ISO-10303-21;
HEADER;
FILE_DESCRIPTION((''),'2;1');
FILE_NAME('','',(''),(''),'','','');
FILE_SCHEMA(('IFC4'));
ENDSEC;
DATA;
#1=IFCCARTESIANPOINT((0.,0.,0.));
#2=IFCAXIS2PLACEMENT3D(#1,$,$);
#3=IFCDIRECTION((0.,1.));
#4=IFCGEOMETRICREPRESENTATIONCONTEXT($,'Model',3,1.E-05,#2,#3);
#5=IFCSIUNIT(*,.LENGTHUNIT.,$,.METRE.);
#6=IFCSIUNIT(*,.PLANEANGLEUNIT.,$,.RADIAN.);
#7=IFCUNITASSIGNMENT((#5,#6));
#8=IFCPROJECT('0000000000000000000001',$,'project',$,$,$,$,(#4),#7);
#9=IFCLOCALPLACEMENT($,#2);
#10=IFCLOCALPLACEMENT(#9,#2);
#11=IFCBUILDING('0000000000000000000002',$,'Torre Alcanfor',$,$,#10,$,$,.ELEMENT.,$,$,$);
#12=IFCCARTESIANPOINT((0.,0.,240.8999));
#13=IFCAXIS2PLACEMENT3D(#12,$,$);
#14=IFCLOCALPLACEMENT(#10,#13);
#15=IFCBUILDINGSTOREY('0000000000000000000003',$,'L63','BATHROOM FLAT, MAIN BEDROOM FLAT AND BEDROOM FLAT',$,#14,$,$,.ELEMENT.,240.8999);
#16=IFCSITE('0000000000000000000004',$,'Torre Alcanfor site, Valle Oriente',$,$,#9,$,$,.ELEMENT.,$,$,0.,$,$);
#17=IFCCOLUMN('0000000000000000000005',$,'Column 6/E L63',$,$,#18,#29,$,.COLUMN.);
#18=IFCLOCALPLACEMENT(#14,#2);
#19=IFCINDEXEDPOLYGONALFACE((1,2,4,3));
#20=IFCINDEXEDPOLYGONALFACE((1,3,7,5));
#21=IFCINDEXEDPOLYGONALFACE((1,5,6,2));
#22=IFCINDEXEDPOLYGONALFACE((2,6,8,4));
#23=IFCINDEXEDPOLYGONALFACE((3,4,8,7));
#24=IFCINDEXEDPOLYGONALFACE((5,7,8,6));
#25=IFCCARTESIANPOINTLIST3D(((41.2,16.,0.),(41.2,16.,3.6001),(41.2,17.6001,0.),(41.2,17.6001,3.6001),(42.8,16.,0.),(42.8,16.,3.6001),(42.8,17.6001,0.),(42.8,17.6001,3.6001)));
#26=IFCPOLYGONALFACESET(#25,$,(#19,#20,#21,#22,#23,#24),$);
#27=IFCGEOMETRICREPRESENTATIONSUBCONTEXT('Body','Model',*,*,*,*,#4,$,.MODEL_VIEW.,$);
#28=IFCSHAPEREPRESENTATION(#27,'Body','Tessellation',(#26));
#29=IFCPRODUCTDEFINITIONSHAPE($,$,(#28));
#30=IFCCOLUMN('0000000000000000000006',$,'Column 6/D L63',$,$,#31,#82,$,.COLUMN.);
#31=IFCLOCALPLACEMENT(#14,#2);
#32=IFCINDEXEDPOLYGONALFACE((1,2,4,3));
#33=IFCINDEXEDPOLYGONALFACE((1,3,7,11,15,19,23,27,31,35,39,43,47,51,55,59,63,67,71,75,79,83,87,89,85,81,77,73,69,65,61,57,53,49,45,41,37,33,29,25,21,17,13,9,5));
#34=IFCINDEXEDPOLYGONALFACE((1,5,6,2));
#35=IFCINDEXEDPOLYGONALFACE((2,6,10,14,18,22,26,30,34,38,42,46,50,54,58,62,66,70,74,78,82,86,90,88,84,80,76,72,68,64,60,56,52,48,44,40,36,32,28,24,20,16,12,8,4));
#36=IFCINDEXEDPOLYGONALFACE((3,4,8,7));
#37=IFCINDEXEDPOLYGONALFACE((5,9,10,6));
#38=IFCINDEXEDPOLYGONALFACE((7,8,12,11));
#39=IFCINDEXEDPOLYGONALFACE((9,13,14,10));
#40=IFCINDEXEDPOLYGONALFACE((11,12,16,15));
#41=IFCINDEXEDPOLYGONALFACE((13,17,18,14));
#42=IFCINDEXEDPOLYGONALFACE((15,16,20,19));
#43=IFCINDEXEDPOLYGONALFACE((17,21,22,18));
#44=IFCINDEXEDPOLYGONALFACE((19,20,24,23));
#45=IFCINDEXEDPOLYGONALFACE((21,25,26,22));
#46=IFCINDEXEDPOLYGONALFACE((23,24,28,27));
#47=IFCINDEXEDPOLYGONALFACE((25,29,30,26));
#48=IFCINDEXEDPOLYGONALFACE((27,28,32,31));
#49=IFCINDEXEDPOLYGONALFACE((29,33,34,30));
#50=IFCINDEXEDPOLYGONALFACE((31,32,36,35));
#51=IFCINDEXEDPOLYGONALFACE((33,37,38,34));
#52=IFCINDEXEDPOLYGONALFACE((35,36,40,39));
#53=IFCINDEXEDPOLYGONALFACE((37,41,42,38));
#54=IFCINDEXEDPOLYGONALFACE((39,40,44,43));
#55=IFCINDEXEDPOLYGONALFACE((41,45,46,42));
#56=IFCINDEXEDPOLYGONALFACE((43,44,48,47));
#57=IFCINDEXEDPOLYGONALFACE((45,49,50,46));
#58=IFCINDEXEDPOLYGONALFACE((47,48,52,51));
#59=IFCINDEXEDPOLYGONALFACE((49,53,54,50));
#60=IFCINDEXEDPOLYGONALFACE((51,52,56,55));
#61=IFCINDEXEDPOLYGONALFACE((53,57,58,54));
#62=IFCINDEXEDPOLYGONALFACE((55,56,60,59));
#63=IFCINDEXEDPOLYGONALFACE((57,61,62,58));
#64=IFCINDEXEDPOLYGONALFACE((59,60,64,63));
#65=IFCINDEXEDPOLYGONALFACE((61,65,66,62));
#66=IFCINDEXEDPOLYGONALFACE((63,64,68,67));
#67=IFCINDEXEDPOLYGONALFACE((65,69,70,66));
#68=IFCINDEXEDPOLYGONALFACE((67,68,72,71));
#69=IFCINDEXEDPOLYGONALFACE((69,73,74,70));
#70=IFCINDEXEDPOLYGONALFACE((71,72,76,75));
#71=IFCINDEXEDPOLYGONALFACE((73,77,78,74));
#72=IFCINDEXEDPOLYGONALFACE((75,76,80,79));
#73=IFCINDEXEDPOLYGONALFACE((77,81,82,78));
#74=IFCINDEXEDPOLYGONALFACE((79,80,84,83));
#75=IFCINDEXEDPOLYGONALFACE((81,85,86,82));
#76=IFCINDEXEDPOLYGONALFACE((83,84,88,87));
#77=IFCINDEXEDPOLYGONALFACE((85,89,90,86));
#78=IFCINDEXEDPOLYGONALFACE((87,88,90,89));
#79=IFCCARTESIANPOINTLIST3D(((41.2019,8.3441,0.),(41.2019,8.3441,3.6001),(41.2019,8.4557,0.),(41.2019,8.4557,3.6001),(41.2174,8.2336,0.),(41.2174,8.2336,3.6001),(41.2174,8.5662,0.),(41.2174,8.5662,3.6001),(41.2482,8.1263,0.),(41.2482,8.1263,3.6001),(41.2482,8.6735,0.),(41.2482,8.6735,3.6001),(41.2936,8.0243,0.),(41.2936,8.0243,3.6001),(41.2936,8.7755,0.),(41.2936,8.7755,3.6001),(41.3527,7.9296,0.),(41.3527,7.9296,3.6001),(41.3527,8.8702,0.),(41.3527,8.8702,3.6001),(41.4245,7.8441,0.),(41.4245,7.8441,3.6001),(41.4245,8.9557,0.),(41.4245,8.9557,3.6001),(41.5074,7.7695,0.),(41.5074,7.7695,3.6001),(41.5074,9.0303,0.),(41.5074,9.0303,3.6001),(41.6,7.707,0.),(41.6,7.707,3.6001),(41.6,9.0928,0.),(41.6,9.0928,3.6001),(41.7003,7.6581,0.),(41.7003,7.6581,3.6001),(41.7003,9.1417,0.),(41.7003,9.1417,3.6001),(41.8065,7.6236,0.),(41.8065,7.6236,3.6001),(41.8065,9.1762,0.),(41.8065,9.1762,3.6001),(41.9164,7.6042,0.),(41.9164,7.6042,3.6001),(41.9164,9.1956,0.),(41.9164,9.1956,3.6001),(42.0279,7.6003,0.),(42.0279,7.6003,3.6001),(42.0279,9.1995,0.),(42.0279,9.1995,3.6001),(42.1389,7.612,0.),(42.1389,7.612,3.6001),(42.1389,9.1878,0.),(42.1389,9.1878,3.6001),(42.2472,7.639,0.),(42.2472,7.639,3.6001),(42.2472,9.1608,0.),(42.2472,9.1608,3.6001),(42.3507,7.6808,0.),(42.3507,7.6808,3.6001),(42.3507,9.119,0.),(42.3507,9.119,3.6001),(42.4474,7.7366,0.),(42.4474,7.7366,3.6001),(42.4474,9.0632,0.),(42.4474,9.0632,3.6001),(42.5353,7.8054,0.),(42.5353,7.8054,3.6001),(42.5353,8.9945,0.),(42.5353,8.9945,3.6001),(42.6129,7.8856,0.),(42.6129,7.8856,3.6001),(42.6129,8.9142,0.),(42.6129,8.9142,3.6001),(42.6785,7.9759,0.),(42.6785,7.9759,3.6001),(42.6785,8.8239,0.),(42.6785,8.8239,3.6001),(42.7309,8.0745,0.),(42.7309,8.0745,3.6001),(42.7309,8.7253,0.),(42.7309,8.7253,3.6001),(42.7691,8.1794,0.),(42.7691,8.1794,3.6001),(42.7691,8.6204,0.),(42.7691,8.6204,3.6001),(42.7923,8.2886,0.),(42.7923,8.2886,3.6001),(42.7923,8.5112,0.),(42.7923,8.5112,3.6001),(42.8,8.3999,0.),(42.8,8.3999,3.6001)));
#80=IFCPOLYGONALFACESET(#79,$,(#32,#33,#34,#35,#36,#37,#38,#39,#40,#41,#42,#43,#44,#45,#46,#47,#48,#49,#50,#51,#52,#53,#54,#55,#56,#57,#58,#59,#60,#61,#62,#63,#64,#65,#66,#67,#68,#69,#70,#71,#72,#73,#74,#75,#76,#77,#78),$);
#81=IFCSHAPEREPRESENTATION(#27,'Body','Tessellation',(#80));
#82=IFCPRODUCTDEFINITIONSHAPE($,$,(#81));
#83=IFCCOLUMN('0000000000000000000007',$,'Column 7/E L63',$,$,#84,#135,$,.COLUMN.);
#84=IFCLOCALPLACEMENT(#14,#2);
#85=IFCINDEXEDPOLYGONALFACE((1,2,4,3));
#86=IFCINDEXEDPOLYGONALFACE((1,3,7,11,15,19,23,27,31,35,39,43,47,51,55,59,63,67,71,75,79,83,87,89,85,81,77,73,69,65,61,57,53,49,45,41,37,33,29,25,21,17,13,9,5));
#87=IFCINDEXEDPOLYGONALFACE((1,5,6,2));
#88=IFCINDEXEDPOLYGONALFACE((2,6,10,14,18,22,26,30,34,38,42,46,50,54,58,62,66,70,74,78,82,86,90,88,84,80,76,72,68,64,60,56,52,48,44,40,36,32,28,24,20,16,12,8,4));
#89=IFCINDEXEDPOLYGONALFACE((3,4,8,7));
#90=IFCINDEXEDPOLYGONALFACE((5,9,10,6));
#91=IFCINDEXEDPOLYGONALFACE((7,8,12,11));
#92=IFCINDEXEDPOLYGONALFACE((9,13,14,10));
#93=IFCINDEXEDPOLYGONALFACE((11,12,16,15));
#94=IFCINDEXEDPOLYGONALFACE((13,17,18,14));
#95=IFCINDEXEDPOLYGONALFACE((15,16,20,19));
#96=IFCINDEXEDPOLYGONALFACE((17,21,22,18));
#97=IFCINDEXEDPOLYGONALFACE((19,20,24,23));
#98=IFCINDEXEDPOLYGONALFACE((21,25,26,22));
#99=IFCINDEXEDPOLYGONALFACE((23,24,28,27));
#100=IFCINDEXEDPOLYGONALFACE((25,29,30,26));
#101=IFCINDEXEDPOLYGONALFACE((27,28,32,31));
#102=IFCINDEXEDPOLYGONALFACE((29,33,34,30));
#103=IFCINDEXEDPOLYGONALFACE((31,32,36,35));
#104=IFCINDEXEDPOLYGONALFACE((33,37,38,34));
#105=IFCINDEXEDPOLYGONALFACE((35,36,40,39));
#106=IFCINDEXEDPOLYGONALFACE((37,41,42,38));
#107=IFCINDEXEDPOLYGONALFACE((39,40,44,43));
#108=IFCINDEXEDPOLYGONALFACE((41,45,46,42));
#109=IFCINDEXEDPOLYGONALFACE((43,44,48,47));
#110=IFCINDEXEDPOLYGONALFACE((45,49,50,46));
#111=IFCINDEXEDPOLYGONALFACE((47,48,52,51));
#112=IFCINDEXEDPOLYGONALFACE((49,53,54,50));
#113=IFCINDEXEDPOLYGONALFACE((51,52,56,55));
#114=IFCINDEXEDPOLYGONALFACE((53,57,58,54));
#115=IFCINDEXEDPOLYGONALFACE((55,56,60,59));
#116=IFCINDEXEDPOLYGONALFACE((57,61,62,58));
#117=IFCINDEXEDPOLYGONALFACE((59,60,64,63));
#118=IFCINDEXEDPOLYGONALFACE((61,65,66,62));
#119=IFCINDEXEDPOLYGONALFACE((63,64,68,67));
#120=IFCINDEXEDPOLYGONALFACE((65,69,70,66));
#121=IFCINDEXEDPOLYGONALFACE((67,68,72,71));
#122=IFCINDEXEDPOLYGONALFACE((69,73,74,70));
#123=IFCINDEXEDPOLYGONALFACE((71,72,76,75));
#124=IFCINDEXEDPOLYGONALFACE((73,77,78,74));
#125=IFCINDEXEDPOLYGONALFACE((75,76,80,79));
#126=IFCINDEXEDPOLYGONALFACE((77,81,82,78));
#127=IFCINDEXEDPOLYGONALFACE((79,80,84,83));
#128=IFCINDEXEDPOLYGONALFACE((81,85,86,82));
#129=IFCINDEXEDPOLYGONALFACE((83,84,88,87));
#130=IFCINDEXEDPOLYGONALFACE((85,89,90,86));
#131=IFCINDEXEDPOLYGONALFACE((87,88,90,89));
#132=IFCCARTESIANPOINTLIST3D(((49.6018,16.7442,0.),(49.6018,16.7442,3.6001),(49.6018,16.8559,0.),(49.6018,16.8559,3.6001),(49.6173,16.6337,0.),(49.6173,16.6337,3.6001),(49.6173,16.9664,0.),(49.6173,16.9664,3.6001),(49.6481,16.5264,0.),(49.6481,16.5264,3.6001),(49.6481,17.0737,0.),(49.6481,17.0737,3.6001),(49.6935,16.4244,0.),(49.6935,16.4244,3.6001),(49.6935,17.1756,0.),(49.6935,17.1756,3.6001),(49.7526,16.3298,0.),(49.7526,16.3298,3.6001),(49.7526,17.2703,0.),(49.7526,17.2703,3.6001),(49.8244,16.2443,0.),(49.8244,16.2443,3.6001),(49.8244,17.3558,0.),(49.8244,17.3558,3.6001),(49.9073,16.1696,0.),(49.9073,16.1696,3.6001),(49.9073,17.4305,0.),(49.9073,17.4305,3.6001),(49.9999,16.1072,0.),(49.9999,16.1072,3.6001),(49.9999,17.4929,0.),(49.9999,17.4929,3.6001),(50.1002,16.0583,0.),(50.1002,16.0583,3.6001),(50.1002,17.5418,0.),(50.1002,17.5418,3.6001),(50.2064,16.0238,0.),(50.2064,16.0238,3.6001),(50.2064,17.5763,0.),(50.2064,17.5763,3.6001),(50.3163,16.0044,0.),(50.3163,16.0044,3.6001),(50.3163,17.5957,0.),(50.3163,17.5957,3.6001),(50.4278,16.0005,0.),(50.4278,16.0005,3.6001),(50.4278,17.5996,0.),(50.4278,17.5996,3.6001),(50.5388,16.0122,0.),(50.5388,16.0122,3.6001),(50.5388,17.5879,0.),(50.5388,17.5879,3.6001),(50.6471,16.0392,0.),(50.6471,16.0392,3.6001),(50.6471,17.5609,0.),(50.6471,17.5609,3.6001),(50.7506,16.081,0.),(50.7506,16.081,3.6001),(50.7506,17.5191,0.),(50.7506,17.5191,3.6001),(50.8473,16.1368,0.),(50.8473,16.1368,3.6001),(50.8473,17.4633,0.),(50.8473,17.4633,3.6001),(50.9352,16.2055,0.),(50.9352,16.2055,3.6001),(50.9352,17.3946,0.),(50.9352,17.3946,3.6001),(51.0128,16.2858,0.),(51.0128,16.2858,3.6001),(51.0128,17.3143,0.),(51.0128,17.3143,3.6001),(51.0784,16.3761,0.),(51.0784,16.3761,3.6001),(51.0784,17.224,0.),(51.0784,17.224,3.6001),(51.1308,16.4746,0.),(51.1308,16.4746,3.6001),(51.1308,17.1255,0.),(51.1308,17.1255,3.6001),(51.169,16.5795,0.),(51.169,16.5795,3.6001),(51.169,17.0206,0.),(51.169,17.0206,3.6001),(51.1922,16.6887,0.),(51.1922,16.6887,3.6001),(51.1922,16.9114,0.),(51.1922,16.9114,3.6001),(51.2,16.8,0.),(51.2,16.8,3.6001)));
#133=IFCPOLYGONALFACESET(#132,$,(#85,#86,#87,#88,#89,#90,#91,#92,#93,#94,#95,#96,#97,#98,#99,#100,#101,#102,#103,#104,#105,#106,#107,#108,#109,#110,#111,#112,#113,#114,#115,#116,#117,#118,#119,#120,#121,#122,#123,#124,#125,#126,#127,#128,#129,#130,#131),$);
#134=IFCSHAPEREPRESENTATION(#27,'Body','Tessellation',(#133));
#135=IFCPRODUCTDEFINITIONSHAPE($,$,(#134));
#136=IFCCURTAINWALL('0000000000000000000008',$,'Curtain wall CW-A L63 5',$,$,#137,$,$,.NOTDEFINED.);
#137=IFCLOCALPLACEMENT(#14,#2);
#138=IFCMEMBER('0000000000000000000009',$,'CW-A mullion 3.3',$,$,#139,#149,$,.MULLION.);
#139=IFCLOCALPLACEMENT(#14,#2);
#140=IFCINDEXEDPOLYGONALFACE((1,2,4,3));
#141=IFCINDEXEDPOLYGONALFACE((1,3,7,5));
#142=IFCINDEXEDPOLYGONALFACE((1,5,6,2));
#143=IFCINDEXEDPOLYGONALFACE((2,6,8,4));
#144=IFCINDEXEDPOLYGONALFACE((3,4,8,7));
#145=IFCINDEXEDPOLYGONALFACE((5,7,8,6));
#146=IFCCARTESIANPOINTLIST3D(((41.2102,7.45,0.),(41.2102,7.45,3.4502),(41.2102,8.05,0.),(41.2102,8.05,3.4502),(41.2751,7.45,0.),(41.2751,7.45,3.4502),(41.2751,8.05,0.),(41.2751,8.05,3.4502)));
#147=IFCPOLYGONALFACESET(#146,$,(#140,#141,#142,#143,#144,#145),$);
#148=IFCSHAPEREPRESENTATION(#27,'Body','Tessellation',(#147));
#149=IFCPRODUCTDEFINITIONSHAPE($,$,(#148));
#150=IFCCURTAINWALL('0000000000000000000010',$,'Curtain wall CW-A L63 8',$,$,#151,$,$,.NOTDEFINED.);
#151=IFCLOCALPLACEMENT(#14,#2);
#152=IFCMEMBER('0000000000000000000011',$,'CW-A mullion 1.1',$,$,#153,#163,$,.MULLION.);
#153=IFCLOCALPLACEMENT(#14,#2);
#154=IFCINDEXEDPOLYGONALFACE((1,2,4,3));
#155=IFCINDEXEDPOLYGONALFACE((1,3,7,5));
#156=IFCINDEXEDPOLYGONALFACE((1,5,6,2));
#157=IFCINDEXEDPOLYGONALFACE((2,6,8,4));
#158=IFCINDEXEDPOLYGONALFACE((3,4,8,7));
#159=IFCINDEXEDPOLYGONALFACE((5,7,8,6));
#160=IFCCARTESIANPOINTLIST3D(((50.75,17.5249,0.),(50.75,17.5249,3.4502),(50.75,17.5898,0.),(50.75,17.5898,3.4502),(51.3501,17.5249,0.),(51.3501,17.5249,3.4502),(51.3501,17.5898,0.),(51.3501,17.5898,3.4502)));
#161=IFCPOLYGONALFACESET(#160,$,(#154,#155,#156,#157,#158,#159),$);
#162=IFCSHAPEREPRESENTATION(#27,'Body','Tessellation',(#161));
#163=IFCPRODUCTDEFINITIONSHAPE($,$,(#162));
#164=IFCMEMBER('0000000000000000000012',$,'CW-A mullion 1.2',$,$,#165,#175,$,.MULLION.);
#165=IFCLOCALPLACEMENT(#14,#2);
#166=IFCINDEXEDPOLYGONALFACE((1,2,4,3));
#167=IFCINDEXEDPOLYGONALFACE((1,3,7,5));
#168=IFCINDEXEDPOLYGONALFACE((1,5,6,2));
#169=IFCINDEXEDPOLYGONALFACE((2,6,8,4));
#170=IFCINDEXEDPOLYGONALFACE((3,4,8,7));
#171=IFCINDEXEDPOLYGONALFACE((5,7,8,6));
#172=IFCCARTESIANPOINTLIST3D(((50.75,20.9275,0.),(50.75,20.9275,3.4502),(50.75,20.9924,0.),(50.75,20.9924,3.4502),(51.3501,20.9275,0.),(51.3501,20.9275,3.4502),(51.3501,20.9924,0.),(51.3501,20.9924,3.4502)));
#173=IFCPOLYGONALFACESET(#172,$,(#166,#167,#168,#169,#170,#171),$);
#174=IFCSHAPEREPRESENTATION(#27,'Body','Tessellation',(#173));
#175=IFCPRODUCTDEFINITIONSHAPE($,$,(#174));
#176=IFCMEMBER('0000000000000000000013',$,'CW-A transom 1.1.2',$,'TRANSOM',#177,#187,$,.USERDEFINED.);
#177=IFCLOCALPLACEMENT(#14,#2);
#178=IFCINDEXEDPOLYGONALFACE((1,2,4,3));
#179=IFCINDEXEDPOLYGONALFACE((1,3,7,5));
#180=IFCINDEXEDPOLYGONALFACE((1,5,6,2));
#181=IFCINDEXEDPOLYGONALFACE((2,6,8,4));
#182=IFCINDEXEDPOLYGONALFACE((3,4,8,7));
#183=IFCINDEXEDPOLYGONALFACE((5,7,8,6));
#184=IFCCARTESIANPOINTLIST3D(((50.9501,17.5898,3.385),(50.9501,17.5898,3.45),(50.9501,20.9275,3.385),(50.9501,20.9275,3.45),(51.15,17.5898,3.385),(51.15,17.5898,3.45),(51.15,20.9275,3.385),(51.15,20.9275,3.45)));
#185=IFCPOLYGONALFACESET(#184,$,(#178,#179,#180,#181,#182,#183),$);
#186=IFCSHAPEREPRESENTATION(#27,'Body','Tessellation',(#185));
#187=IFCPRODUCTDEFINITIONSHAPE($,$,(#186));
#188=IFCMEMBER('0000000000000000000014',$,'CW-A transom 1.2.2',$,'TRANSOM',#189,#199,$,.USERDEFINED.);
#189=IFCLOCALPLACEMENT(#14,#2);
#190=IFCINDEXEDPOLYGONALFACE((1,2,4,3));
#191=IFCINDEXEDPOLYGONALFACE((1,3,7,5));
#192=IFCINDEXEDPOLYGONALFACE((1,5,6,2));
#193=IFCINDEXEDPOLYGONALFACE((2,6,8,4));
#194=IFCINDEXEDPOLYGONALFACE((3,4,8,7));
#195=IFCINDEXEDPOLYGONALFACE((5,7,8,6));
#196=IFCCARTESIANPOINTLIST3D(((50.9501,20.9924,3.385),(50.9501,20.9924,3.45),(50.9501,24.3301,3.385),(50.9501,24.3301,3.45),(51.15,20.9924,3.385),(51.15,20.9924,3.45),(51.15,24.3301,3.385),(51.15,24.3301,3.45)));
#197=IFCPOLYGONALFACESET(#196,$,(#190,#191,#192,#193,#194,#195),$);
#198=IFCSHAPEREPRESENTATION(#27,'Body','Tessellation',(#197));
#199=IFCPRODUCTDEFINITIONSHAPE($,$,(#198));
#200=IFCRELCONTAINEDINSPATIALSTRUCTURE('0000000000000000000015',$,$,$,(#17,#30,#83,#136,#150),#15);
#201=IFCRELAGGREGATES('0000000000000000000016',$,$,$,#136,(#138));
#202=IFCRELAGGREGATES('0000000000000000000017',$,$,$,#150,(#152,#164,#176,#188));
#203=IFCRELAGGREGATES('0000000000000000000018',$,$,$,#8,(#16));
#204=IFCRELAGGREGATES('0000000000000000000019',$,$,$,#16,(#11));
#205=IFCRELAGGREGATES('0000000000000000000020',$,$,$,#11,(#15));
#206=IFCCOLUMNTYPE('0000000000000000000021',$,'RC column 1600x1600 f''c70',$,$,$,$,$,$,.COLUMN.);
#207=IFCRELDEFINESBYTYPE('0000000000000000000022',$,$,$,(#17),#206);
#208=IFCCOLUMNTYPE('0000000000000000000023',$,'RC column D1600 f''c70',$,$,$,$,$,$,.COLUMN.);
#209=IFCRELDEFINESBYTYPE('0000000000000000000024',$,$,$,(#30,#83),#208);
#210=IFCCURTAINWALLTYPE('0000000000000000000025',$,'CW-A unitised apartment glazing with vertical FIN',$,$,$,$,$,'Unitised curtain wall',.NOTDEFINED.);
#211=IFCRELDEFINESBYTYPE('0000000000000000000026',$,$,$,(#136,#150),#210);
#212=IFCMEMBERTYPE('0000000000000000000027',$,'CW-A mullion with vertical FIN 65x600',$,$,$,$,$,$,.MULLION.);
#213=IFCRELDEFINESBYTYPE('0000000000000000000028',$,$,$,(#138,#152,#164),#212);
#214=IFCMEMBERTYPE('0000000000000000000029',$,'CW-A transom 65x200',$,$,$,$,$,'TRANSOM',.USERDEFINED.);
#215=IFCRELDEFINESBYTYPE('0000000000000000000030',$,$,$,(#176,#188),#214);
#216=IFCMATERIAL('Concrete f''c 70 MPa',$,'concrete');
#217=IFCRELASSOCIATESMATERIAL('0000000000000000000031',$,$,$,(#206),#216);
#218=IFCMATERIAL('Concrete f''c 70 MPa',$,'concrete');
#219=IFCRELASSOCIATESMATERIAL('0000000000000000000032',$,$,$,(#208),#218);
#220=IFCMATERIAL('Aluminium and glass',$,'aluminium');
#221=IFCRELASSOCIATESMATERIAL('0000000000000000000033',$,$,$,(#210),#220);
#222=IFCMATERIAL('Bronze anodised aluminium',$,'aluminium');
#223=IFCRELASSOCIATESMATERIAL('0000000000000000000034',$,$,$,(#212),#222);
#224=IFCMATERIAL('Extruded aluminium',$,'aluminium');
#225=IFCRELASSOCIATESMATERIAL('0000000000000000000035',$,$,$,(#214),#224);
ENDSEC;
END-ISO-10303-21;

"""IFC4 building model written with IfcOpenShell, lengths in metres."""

from ifc_helpers import new_model, si_unit, direction, frame, origin, origin_2d, place, context, subcontext, project, spatial, rectangle, circle, extrude, material, material_profile, profile_set, type_object, element, aggregate, save


model = new_model("IFC4")

# Units and contexts
model_context = context("Model", 3, precision=1e-05, world=origin(), true_north=direction((0.0, 1.0)))
body_context = subcontext(model_context, "Body", "Model", "MODEL_VIEW")
ifc_project = project(units=[si_unit("LENGTHUNIT", "METRE"), si_unit("PLANEANGLEUNIT", "RADIAN")], contexts=[model_context])

# Site, building, storey
site_placement = place(None, origin())
site = spatial("IfcSite", under=ifc_project, at=site_placement, Name="Torre Alcanfor site, Valle Oriente", CompositionType="ELEMENT", RefElevation=0.0)
building_placement = place(site_placement, origin())
building = spatial("IfcBuilding", under=site, at=building_placement, Name="Torre Alcanfor", CompositionType="ELEMENT")
storey_placement = place(building_placement, frame((0.0, 0.0, 240.8999)))
storey = spatial("IfcBuildingStorey", under=building, at=storey_placement, Name="L63", Description="BATHROOM FLAT, MAIN BEDROOM FLAT AND BEDROOM FLAT", CompositionType="ELEMENT", Elevation=240.8999)

# Columns
ifc_material_1 = material(Name="Concrete f'c 70 MPa", Category="concrete")
ifc_material_profile_1 = material_profile(ifc_material_1, rectangle(XDim=1.6001, YDim=1.6001, at=origin_2d()), Name="1600x1600")
ifc_profile_set_1 = profile_set([ifc_material_profile_1], Name="Concrete f'c 70 MPa")
column_type_1 = type_object("IfcColumnType", Name="RC column 1600x1600 f'c70", PredefinedType="COLUMN", material=ifc_profile_set_1)
column_placement = place(storey_placement, frame((42.0, 16.8, 0.0), z_axis=(0.0, 0.0, 1.0), x_axis=(1.0, 0.0, 0.0)))
element("IfcColumn", 1, at=column_placement, inside=storey, type_object=column_type_1, Name="Column 6/E L63", PredefinedType="COLUMN", context=body_context, shape_type="SweptSolid", body=[
    extrude(rectangle(XDim=1.6001, YDim=1.6001, at=origin_2d()), origin(), (0.0, 0.0, 1.0), 3.6001),
])
ifc_material_2 = material(Name="Concrete f'c 70 MPa", Category="concrete")
ifc_material_profile_2 = material_profile(ifc_material_2, circle(Radius=0.8, at=origin_2d()), Name="D1600")
ifc_profile_set_2 = profile_set([ifc_material_profile_2], Name="Concrete f'c 70 MPa")
column_type_2 = type_object("IfcColumnType", Name="RC column D1600 f'c70", PredefinedType="COLUMN", material=ifc_profile_set_2)
for number, where, z_axis, x_axis, name in (
    (2, (42.0, 8.3999, 0.0), (0.0, 0.0, 1.0), (1.0, 0.0, 0.0), "Column 6/D L63"),
    (3, (50.3999, 16.8, 0.0), (0.0, 0.0, 1.0), (1.0, 0.0, 0.0), "Column 7/E L63"),
):
    element("IfcColumn", number, at=place(storey_placement, frame(where, z_axis=z_axis, x_axis=x_axis)), inside=storey, type_object=column_type_2, Name=name, PredefinedType="COLUMN", context=body_context, shape_type="SweptSolid", body=[
        extrude(circle(Radius=0.8, at=origin_2d()), origin(), (0.0, 0.0, 1.0), 3.6001),
    ])

# Curtain wall, member
ifc_material_3 = material(Name="Aluminium and glass", Category="aluminium")
curtain_wall_type = type_object("IfcCurtainWallType", Name="CW-A unitised apartment glazing with vertical FIN", ElementType="Unitised curtain wall", PredefinedType="NOTDEFINED", material=ifc_material_3)
curtain_wall_1_placement = place(storey_placement, origin())
curtain_wall_1 = element("IfcCurtainWall", 4, at=curtain_wall_1_placement, inside=storey, type_object=curtain_wall_type, Name="Curtain wall CW-A L63 5", PredefinedType="NOTDEFINED")
ifc_material_4 = material(Name="Bronze anodised aluminium", Category="aluminium")
ifc_material_profile_3 = material_profile(ifc_material_4, rectangle(XDim=0.6001, YDim=0.0649, at=origin_2d()), Name="CW-A mullion 65x600")
ifc_profile_set_3 = profile_set([ifc_material_profile_3], Name="Bronze anodised aluminium")
member_type_1 = type_object("IfcMemberType", Name="CW-A mullion with vertical FIN 65x600", PredefinedType="MULLION", material=ifc_profile_set_3)
member_1_placement = place(storey_placement, frame((41.2427, 7.75, 0.0), z_axis=(0.0, 0.0, 1.0), x_axis=(0.0, 1.0, 0.0)))
member_1 = element("IfcMember", 5, at=member_1_placement, type_object=member_type_1, Name="CW-A mullion 3.3", PredefinedType="MULLION", context=body_context, shape_type="SweptSolid", body=[
    extrude(rectangle(XDim=0.6001, YDim=0.0649, at=origin_2d()), origin(), (0.0, 0.0, 1.0), 3.4502),
])

# Curtain wall, members
curtain_wall_2_placement = place(storey_placement, origin())
curtain_wall_2 = element("IfcCurtainWall", 6, at=curtain_wall_2_placement, inside=storey, type_object=curtain_wall_type, Name="Curtain wall CW-A L63 8", PredefinedType="NOTDEFINED")
member_2_placement = place(storey_placement, frame((51.05, 17.5574, 0.0), z_axis=(0.0, 0.0, 1.0), x_axis=(-1.0, 0.0, 0.0)))
member_2 = element("IfcMember", 7, at=member_2_placement, type_object=member_type_1, Name="CW-A mullion 1.1", PredefinedType="MULLION", context=body_context, shape_type="SweptSolid", body=[
    extrude(rectangle(XDim=0.6001, YDim=0.0649, at=origin_2d()), origin(), (0.0, 0.0, 1.0), 3.4502),
])
member_3_placement = place(storey_placement, frame((51.05, 20.96, 0.0), z_axis=(0.0, 0.0, 1.0), x_axis=(-1.0, 0.0, 0.0)))
member_3 = element("IfcMember", 8, at=member_3_placement, type_object=member_type_1, Name="CW-A mullion 1.2", PredefinedType="MULLION", context=body_context, shape_type="SweptSolid", body=[
    extrude(rectangle(XDim=0.6001, YDim=0.0649, at=origin_2d()), origin(), (0.0, 0.0, 1.0), 3.4502),
])
ifc_material_5 = material(Name="Extruded aluminium", Category="aluminium")
ifc_material_profile_4 = material_profile(ifc_material_5, rectangle(XDim=0.2, YDim=0.0649, at=origin_2d()), Name="CW-A transom 200x65")
ifc_profile_set_4 = profile_set([ifc_material_profile_4], Name="Extruded aluminium")
member_type_2 = type_object("IfcMemberType", Name="CW-A transom 65x200", ElementType="TRANSOM", PredefinedType="USERDEFINED", material=ifc_profile_set_4)
member_4_placement = place(storey_placement, frame((51.05, 17.5898, 3.4175), z_axis=(0.0, 1.0, 0.0), x_axis=(-1.0, 0.0, 0.0)))
member_4 = element("IfcMember", 9, at=member_4_placement, type_object=member_type_2, Name="CW-A transom 1.1.2", ObjectType="TRANSOM", PredefinedType="USERDEFINED", context=body_context, shape_type="SweptSolid", body=[
    extrude(rectangle(XDim=0.2, YDim=0.0649, at=origin_2d()), origin(), (0.0, 0.0, 1.0), 3.3376),
])
member_5_placement = place(storey_placement, frame((51.05, 20.9924, 3.4175), z_axis=(0.0, 1.0, 0.0), x_axis=(-1.0, 0.0, 0.0)))
member_5 = element("IfcMember", 10, at=member_5_placement, type_object=member_type_2, Name="CW-A transom 1.2.2", ObjectType="TRANSOM", PredefinedType="USERDEFINED", context=body_context, shape_type="SweptSolid", body=[
    extrude(rectangle(XDim=0.2, YDim=0.0649, at=origin_2d()), origin(), (0.0, 0.0, 1.0), 3.3376),
])

aggregate(curtain_wall_1, [member_1])
aggregate(curtain_wall_2, [member_2, member_3, member_4, member_5])

save(model, "model.ifc")
